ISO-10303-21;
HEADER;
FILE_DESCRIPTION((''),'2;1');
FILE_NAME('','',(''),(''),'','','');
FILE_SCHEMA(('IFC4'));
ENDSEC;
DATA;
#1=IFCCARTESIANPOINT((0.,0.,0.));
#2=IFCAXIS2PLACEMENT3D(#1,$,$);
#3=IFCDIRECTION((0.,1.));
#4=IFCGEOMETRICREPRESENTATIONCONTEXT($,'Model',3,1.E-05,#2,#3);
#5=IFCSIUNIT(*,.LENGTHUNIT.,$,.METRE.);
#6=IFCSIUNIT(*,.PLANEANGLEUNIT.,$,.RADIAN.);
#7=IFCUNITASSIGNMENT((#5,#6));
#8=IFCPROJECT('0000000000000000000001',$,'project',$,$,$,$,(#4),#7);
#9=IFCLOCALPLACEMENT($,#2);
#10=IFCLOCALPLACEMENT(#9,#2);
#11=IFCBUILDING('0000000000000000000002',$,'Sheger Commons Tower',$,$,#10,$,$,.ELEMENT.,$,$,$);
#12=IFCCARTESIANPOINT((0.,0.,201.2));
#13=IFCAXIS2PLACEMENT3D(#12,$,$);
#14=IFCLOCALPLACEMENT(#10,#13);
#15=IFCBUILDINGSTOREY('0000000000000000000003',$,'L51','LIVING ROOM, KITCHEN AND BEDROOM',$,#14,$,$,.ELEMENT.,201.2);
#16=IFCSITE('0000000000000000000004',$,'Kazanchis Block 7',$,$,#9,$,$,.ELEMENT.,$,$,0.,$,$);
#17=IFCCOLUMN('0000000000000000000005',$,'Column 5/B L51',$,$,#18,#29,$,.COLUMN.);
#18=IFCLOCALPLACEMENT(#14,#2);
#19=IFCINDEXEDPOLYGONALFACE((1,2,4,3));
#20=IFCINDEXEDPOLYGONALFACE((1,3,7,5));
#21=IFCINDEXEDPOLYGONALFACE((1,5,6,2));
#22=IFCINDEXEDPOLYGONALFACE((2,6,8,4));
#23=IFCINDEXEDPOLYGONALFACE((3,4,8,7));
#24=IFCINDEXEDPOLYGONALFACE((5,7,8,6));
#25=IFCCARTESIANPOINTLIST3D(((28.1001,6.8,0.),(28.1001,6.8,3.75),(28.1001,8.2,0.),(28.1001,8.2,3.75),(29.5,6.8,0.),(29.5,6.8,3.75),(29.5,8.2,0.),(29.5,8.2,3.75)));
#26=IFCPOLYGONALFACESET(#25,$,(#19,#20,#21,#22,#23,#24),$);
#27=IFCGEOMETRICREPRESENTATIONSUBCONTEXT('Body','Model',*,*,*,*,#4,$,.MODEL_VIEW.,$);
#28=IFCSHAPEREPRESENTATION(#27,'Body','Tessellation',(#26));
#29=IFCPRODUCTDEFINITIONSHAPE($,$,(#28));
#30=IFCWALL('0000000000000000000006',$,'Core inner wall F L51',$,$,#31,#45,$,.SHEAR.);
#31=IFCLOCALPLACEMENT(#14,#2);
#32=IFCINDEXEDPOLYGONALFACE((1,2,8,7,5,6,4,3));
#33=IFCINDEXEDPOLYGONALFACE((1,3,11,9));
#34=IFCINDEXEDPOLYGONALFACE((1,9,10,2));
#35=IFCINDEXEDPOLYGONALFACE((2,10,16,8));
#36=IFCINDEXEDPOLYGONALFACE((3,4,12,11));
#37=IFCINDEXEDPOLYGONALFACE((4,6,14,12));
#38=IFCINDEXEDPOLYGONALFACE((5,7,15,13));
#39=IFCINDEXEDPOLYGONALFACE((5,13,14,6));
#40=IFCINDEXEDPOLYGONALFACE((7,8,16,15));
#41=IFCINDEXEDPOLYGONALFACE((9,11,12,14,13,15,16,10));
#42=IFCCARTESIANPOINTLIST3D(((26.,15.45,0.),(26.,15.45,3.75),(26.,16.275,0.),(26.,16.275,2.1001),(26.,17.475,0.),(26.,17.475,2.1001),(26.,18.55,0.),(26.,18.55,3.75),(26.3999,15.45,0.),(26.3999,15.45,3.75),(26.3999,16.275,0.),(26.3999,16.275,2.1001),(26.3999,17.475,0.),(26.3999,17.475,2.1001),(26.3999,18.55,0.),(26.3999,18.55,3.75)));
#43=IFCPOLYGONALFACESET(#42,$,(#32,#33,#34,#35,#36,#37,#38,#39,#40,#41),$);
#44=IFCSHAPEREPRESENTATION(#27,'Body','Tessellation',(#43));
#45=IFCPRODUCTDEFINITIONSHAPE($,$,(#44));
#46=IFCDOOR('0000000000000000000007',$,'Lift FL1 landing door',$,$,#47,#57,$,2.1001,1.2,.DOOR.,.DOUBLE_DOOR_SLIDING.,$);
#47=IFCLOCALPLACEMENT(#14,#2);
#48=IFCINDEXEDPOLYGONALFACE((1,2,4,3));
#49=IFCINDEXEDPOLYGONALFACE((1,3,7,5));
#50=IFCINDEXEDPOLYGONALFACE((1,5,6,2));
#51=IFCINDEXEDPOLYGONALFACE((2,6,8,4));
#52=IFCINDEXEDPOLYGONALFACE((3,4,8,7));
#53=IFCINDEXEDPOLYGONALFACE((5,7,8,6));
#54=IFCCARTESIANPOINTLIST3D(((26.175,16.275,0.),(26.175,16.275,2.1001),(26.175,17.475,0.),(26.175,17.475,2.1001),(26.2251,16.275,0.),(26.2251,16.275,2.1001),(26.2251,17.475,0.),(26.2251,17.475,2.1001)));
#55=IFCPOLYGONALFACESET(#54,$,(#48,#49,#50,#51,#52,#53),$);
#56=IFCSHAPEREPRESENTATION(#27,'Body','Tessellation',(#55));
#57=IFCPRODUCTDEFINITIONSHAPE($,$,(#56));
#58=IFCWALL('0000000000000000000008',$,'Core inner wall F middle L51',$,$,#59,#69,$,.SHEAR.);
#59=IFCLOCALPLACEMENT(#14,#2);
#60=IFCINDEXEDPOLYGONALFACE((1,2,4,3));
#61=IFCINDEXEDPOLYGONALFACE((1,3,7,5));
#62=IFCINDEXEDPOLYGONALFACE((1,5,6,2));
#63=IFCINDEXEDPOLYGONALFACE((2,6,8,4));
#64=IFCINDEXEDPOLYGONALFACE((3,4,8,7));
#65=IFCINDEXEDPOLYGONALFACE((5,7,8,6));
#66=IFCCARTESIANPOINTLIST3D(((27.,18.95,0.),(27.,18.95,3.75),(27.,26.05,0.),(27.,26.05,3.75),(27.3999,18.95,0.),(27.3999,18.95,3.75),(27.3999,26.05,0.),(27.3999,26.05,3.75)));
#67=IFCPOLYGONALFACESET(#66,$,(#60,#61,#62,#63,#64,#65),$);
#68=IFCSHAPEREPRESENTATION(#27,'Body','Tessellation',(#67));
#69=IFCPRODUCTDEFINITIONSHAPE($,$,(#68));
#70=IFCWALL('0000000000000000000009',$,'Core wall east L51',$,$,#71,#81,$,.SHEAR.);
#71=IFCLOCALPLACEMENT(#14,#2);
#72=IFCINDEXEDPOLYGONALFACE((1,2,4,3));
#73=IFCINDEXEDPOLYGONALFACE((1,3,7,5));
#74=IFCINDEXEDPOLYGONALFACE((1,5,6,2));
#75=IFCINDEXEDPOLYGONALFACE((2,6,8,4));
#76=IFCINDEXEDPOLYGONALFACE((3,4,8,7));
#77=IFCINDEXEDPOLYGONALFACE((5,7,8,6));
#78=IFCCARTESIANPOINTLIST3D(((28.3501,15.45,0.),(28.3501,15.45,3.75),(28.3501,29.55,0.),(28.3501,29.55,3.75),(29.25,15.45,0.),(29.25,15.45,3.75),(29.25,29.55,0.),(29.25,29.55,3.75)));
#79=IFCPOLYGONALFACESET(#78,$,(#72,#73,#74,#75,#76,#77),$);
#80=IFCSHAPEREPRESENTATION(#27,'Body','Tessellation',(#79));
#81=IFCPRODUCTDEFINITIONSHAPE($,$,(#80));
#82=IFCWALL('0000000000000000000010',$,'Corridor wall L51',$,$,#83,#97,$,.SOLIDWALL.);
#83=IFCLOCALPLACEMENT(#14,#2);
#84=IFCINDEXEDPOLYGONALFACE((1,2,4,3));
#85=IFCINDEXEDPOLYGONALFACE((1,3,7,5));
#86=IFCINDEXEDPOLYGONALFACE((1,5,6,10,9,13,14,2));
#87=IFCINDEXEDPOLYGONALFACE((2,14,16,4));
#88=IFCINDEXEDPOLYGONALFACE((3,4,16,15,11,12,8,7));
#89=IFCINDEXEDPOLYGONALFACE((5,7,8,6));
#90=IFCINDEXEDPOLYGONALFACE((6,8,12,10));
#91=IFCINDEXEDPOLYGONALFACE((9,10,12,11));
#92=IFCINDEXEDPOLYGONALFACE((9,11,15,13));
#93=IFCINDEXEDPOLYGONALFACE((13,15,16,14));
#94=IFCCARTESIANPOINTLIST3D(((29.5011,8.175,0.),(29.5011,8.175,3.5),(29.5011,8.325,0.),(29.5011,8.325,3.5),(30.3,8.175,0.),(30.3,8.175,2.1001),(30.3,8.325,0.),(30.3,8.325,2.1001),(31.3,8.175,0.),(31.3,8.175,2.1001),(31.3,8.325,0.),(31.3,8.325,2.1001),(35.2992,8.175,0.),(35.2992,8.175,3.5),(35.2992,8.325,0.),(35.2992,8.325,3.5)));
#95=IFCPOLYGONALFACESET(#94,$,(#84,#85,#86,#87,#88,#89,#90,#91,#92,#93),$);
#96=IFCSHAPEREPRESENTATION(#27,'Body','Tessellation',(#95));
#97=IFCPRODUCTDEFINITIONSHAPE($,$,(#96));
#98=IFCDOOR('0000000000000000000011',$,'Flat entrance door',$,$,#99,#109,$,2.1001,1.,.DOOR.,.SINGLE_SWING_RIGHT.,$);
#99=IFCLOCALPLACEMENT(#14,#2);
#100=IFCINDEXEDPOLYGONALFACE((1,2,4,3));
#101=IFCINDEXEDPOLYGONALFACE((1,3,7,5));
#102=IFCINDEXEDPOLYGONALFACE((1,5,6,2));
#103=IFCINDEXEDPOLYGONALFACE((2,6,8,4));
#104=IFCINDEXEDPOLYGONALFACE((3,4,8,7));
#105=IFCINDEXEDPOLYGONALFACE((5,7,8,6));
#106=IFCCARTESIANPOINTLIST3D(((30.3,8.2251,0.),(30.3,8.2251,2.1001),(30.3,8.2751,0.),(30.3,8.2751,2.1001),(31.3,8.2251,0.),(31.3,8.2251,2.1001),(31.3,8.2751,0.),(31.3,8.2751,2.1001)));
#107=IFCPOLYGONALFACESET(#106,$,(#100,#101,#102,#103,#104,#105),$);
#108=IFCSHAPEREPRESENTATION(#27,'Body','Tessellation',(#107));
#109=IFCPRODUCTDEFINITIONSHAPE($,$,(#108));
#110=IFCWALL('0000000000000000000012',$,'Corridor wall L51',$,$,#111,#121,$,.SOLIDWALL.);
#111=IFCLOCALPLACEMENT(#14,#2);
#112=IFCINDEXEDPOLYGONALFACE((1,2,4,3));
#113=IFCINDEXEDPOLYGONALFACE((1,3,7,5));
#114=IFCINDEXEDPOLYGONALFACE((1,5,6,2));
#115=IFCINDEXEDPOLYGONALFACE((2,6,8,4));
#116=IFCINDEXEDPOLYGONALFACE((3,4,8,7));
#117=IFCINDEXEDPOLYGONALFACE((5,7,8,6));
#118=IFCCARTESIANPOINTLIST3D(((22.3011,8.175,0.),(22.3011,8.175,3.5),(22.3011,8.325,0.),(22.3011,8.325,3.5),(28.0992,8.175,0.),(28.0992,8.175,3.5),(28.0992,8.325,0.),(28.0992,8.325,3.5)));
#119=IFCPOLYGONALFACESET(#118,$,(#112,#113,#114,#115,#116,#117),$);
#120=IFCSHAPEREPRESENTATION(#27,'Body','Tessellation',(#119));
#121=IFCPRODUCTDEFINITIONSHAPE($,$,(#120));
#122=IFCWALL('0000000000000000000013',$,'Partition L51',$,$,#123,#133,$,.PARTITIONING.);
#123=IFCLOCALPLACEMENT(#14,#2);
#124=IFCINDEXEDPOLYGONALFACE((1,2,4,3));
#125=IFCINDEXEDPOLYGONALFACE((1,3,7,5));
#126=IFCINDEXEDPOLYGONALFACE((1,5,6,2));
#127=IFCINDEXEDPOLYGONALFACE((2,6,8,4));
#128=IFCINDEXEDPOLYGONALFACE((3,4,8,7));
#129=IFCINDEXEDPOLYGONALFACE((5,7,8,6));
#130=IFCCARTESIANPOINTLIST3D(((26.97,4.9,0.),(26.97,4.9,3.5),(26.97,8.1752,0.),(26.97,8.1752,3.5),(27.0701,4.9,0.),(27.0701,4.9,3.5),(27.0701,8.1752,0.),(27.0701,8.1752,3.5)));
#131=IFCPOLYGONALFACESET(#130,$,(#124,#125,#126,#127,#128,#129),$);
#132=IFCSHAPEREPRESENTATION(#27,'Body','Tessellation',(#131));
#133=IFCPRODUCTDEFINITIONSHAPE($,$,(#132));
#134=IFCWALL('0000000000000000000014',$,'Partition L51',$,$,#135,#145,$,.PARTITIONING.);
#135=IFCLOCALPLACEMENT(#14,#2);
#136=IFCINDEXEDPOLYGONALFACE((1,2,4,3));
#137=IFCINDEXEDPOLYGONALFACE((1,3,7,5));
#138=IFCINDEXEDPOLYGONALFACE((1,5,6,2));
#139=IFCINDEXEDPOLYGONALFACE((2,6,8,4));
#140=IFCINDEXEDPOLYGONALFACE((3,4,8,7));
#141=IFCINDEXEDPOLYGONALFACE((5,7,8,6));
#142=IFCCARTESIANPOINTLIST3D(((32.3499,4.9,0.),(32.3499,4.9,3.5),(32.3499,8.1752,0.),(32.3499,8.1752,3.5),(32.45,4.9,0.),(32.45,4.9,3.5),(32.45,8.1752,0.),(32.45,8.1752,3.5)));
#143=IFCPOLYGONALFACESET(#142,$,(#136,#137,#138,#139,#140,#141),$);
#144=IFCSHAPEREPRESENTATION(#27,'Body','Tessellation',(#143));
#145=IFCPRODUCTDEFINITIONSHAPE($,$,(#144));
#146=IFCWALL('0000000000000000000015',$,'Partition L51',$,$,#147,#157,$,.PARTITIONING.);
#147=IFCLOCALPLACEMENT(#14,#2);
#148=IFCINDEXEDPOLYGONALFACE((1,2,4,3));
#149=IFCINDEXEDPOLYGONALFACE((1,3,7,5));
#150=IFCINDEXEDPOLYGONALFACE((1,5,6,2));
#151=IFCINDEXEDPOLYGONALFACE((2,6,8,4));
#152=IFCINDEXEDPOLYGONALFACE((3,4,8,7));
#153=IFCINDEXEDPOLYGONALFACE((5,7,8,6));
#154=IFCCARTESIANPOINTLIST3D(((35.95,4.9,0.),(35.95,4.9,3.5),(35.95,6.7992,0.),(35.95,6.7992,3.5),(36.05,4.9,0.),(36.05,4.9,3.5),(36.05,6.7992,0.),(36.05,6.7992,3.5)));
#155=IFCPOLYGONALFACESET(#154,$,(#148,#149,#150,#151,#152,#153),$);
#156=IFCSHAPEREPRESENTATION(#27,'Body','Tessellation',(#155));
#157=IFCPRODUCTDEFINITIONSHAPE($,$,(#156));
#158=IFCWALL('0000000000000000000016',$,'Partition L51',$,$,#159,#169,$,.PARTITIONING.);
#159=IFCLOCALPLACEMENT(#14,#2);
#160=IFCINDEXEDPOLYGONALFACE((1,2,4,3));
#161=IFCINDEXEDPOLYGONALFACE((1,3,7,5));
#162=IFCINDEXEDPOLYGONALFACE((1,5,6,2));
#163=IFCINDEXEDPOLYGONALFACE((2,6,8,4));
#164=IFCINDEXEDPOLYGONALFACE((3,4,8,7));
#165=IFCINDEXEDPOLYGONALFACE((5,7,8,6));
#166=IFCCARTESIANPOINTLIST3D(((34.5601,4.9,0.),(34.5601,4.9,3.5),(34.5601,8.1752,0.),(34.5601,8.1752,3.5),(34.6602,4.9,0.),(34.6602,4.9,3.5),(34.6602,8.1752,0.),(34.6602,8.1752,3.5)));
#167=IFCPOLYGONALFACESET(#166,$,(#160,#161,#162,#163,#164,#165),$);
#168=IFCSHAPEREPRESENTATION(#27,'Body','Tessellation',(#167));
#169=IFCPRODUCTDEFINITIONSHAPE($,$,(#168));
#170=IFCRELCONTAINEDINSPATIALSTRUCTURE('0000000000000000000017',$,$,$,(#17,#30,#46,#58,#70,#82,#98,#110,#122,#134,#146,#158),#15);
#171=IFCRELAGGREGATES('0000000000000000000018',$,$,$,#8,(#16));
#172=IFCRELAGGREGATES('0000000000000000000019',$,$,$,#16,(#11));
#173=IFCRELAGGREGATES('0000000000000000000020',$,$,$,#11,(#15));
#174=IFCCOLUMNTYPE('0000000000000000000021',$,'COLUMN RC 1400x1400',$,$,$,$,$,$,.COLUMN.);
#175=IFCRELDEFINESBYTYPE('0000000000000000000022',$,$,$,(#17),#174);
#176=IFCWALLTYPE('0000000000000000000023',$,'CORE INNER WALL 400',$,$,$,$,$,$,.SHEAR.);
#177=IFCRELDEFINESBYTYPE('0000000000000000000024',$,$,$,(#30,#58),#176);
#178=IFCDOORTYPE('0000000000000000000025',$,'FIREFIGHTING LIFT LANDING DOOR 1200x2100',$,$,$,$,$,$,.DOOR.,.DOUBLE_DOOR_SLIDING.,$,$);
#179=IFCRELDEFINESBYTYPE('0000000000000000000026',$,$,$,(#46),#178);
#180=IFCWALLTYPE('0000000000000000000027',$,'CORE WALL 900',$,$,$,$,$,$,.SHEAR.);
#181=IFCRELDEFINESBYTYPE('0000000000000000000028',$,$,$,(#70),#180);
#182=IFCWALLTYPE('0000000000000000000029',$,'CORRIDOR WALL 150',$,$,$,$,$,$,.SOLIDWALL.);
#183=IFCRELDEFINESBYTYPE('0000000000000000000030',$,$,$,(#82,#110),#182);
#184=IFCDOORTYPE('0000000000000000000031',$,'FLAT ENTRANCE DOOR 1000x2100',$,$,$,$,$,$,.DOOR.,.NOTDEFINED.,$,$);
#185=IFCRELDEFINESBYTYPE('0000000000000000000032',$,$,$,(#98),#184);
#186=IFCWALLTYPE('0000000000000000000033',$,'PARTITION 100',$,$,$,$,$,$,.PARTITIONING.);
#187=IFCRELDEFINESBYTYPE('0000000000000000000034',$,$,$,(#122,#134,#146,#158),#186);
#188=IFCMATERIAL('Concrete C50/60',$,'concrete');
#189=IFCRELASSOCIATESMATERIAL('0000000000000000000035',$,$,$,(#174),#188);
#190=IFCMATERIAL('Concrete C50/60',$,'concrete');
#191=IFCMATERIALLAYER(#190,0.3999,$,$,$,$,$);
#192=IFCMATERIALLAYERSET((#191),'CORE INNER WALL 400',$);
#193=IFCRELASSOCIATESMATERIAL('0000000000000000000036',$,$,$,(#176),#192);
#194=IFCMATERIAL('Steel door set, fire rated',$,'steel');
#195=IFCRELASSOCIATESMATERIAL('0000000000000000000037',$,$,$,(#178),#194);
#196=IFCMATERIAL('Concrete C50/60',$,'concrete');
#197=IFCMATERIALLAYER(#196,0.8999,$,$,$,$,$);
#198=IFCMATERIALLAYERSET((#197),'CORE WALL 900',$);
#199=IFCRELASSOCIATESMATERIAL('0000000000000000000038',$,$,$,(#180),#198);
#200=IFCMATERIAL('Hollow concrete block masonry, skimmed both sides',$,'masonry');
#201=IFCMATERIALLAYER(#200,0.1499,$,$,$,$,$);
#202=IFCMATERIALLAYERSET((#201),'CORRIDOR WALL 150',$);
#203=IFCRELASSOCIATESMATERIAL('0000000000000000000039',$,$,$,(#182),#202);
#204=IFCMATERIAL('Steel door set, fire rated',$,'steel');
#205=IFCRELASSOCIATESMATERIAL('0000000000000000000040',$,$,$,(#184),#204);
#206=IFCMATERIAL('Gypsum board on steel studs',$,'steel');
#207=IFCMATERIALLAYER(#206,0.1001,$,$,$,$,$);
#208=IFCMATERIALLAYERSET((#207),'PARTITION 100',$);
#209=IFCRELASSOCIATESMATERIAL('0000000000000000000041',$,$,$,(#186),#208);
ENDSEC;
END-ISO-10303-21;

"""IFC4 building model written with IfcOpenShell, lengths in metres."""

from ifc_helpers import new_model, si_unit, direction, frame, frame_2d, origin, origin_2d, place, context, subcontext, project, spatial, rectangle, extrude, material, layer, layer_set, material_profile, profile_set, type_object, element, fill, save


model = new_model("IFC4")

# Units and contexts
model_context = context("Model", 3, precision=1e-05, world=origin(), true_north=direction((0.0, 1.0)))
body_context = subcontext(model_context, "Body", "Model", "MODEL_VIEW")
ifc_project = project(units=[si_unit("LENGTHUNIT", "METRE"), si_unit("PLANEANGLEUNIT", "RADIAN")], contexts=[model_context])

# Site, building, storey
site_placement = place(None, origin())
site = spatial("IfcSite", under=ifc_project, at=site_placement, Name="Kazanchis Block 7", CompositionType="ELEMENT", RefElevation=0.0)
building_placement = place(site_placement, origin())
building = spatial("IfcBuilding", under=site, at=building_placement, Name="Sheger Commons Tower", CompositionType="ELEMENT")
storey_placement = place(building_placement, frame((0.0, 0.0, 201.2)))
storey = spatial("IfcBuildingStorey", under=building, at=storey_placement, Name="L51", Description="LIVING ROOM, KITCHEN AND BEDROOM", CompositionType="ELEMENT", Elevation=201.2)

# Column
ifc_material_1 = material(Name="Concrete C50/60", Category="concrete")
ifc_material_profile = material_profile(ifc_material_1, rectangle(XDim=1.3999, YDim=1.3999, at=origin_2d()), Name="RC 1400x1400")
ifc_profile_set = profile_set([ifc_material_profile], Name="Concrete C50/60")
column_type = type_object("IfcColumnType", Name="COLUMN RC 1400x1400", PredefinedType="COLUMN", material=ifc_profile_set)
column_placement = place(storey_placement, frame((28.8, 7.5, 0.0), z_axis=(0.0, 0.0, 1.0), x_axis=(1.0, 0.0, 0.0)))
element("IfcColumn", 1, at=column_placement, inside=storey, type_object=column_type, Name="Column 5/B L51", PredefinedType="COLUMN", context=body_context, shape_type="SweptSolid", body=[
    extrude(rectangle(XDim=1.3999, YDim=1.3999, at=origin_2d()), origin(), (0.0, 0.0, 1.0), 3.75),
])

# Wall, opening, door
ifc_material_2 = material(Name="Concrete C50/60", Category="concrete")
ifc_layer_1 = layer(ifc_material_2, 0.3999)
ifc_layer_set_1 = layer_set([ifc_layer_1], Name="CORE INNER WALL 400")
wall_type_1 = type_object("IfcWallType", Name="CORE INNER WALL 400", PredefinedType="SHEAR", material=ifc_layer_set_1)
wall_1_placement = place(storey_placement, frame((26.2, 15.45, 0.0), z_axis=(0.0, 0.0, 1.0), x_axis=(0.0, 1.0, 0.0)))
wall_1 = element("IfcWall", 2, at=wall_1_placement, inside=storey, type_object=wall_type_1, Name="Core inner wall F L51", PredefinedType="SHEAR", context=body_context, shape_type="SweptSolid", body=[
    extrude(rectangle(XDim=3.1001, YDim=0.3999, at=frame_2d((1.55, 0.0))), origin(), (0.0, 0.0, 1.0), 3.75),
])
opening_1_placement = place(wall_1_placement, frame((0.825, 0.0, 0.0)))
opening_1 = element("IfcOpeningElement", 3, at=opening_1_placement, cuts=wall_1, PredefinedType="OPENING", context=body_context, shape_type="SweptSolid", body=[
    extrude(rectangle(XDim=1.2, YDim=2.1001, at=frame_2d((0.6001, 1.05))), frame((0.0, 0.21, 0.0), z_axis=(0.0, -1.0, 0.0), x_axis=(1.0, 0.0, 0.0)), (0.0, 0.0, 1.0), 0.4199),
])
ifc_material_3 = material(Name="Steel door set, fire rated", Category="steel")
door_type_1 = type_object("IfcDoorType", Name="FIREFIGHTING LIFT LANDING DOOR 1200x2100", OperationType="DOUBLE_DOOR_SLIDING", PredefinedType="DOOR", material=ifc_material_3)
door_1_placement = place(opening_1_placement, origin())
door_1 = element("IfcDoor", 4, at=door_1_placement, inside=storey, type_object=door_type_1, Name="Lift FL1 landing door", OperationType="DOUBLE_DOOR_SLIDING", OverallHeight=2.1001, OverallWidth=1.2, PredefinedType="DOOR", context=body_context, shape_type="SweptSolid", body=[
    extrude(rectangle(XDim=1.2, YDim=2.1001, at=frame_2d((0.6001, 1.05))), frame((0.0, 0.0249, 0.0), z_axis=(0.0, -1.0, 0.0), x_axis=(1.0, 0.0, 0.0)), (0.0, 0.0, 1.0), 0.05),
])
fill(opening_1, door_1)

# Walls
wall_2_placement = place(storey_placement, frame((27.2, 18.95, 0.0), z_axis=(0.0, 0.0, 1.0), x_axis=(0.0, 1.0, 0.0)))
element("IfcWall", 5, at=wall_2_placement, inside=storey, type_object=wall_type_1, Name="Core inner wall F middle L51", PredefinedType="SHEAR", context=body_context, shape_type="SweptSolid", body=[
    extrude(rectangle(XDim=7.1001, YDim=0.3999, at=frame_2d((3.55, 0.0))), origin(), (0.0, 0.0, 1.0), 3.75),
])
ifc_material_4 = material(Name="Concrete C50/60", Category="concrete")
ifc_layer_2 = layer(ifc_material_4, 0.8999)
ifc_layer_set_2 = layer_set([ifc_layer_2], Name="CORE WALL 900")
wall_type_2 = type_object("IfcWallType", Name="CORE WALL 900", PredefinedType="SHEAR", material=ifc_layer_set_2)
wall_3_placement = place(storey_placement, frame((28.8, 15.45, 0.0), z_axis=(0.0, 0.0, 1.0), x_axis=(0.0, 1.0, 0.0)))
element("IfcWall", 6, at=wall_3_placement, inside=storey, type_object=wall_type_2, Name="Core wall east L51", PredefinedType="SHEAR", context=body_context, shape_type="SweptSolid", body=[
    extrude(rectangle(XDim=14.1001, YDim=0.8999, at=frame_2d((7.05, 0.0))), origin(), (0.0, 0.0, 1.0), 3.75),
])

# Wall, opening, door
ifc_material_5 = material(Name="Hollow concrete block masonry, skimmed both sides", Category="masonry")
ifc_layer_3 = layer(ifc_material_5, 0.1499)
ifc_layer_set_3 = layer_set([ifc_layer_3], Name="CORRIDOR WALL 150")
wall_type_3 = type_object("IfcWallType", Name="CORRIDOR WALL 150", PredefinedType="SOLIDWALL", material=ifc_layer_set_3)
wall_4_placement = place(storey_placement, frame((35.2991, 8.25, 0.0), z_axis=(0.0, 0.0, 1.0), x_axis=(-1.0, 0.0, 0.0)))
wall_4 = element("IfcWall", 7, at=wall_4_placement, inside=storey, type_object=wall_type_3, Name="Corridor wall L51", PredefinedType="SOLIDWALL", context=body_context, shape_type="SweptSolid", body=[
    extrude(rectangle(XDim=5.7981, YDim=0.1499, at=frame_2d((2.8989, 0.0))), origin(), (0.0, 0.0, 1.0), 3.5),
])
opening_2_placement = place(wall_4_placement, frame((3.999, 0.0, 0.0)))
opening_2 = element("IfcOpeningElement", 8, at=opening_2_placement, cuts=wall_4, PredefinedType="OPENING", context=body_context, shape_type="SweptSolid", body=[
    extrude(rectangle(XDim=1.0, YDim=2.1001, at=frame_2d((0.5, 1.05))), frame((0.0, 0.085, 0.0), z_axis=(0.0, -1.0, 0.0), x_axis=(1.0, 0.0, 0.0)), (0.0, 0.0, 1.0), 0.1699),
])
ifc_material_6 = material(Name="Steel door set, fire rated", Category="steel")
door_type_2 = type_object("IfcDoorType", Name="FLAT ENTRANCE DOOR 1000x2100", OperationType="NOTDEFINED", PredefinedType="DOOR", material=ifc_material_6)
door_2_placement = place(opening_2_placement, origin())
door_2 = element("IfcDoor", 9, at=door_2_placement, inside=storey, type_object=door_type_2, Name="Flat entrance door", OperationType="SINGLE_SWING_RIGHT", OverallHeight=2.1001, OverallWidth=1.0, PredefinedType="DOOR", context=body_context, shape_type="SweptSolid", body=[
    extrude(rectangle(XDim=1.0, YDim=2.1001, at=frame_2d((0.5, 1.05))), frame((0.0, 0.0249, 0.0), z_axis=(0.0, -1.0, 0.0), x_axis=(1.0, 0.0, 0.0)), (0.0, 0.0, 1.0), 0.05),
])
fill(opening_2, door_2)

# Walls
wall_5_placement = place(storey_placement, frame((28.0991, 8.25, 0.0), z_axis=(0.0, 0.0, 1.0), x_axis=(-1.0, 0.0, 0.0)))
element("IfcWall", 10, at=wall_5_placement, inside=storey, type_object=wall_type_3, Name="Corridor wall L51", PredefinedType="SOLIDWALL", context=body_context, shape_type="SweptSolid", body=[
    extrude(rectangle(XDim=5.7981, YDim=0.1499, at=frame_2d((2.8989, 0.0))), origin(), (0.0, 0.0, 1.0), 3.5),
])
ifc_material_7 = material(Name="Gypsum board on steel studs", Category="steel")
ifc_layer_4 = layer(ifc_material_7, 0.1001)
ifc_layer_set_4 = layer_set([ifc_layer_4], Name="PARTITION 100")
wall_type_4 = type_object("IfcWallType", Name="PARTITION 100", PredefinedType="PARTITIONING", material=ifc_layer_set_4)
for number, where, z_axis, x_axis, name in (
    (11, (27.02, 4.8999, 0.0), (0.0, 0.0, 1.0), (0.0, 1.0, 0.0), "Partition L51"),
    (12, (32.3999, 4.8999, 0.0), (0.0, 0.0, 1.0), (0.0, 1.0, 0.0), "Partition L51"),
):
    element("IfcWall", number, at=place(storey_placement, frame(where, z_axis=z_axis, x_axis=x_axis)), inside=storey, type_object=wall_type_4, Name=name, PredefinedType="PARTITIONING", context=body_context, shape_type="SweptSolid", body=[
        extrude(rectangle(XDim=3.2751, YDim=0.1001, at=frame_2d((1.6377, 0.0))), origin(), (0.0, 0.0, 1.0), 3.5),
    ])
wall_6_placement = place(storey_placement, frame((36.0, 4.8999, 0.0), z_axis=(0.0, 0.0, 1.0), x_axis=(0.0, 1.0, 0.0)))
element("IfcWall", 13, at=wall_6_placement, inside=storey, type_object=wall_type_4, Name="Partition L51", PredefinedType="PARTITIONING", context=body_context, shape_type="SweptSolid", body=[
    extrude(rectangle(XDim=1.8992, YDim=0.1001, at=frame_2d((0.9497, 0.0))), origin(), (0.0, 0.0, 1.0), 3.5),
])
wall_7_placement = place(storey_placement, frame((34.6101, 4.8999, 0.0), z_axis=(0.0, 0.0, 1.0), x_axis=(0.0, 1.0, 0.0)))
element("IfcWall", 14, at=wall_7_placement, inside=storey, type_object=wall_type_4, Name="Partition L51", PredefinedType="PARTITIONING", context=body_context, shape_type="SweptSolid", body=[
    extrude(rectangle(XDim=3.2751, YDim=0.1001, at=frame_2d((1.6377, 0.0))), origin(), (0.0, 0.0, 1.0), 3.5),
])

save(model, "model.ifc")
